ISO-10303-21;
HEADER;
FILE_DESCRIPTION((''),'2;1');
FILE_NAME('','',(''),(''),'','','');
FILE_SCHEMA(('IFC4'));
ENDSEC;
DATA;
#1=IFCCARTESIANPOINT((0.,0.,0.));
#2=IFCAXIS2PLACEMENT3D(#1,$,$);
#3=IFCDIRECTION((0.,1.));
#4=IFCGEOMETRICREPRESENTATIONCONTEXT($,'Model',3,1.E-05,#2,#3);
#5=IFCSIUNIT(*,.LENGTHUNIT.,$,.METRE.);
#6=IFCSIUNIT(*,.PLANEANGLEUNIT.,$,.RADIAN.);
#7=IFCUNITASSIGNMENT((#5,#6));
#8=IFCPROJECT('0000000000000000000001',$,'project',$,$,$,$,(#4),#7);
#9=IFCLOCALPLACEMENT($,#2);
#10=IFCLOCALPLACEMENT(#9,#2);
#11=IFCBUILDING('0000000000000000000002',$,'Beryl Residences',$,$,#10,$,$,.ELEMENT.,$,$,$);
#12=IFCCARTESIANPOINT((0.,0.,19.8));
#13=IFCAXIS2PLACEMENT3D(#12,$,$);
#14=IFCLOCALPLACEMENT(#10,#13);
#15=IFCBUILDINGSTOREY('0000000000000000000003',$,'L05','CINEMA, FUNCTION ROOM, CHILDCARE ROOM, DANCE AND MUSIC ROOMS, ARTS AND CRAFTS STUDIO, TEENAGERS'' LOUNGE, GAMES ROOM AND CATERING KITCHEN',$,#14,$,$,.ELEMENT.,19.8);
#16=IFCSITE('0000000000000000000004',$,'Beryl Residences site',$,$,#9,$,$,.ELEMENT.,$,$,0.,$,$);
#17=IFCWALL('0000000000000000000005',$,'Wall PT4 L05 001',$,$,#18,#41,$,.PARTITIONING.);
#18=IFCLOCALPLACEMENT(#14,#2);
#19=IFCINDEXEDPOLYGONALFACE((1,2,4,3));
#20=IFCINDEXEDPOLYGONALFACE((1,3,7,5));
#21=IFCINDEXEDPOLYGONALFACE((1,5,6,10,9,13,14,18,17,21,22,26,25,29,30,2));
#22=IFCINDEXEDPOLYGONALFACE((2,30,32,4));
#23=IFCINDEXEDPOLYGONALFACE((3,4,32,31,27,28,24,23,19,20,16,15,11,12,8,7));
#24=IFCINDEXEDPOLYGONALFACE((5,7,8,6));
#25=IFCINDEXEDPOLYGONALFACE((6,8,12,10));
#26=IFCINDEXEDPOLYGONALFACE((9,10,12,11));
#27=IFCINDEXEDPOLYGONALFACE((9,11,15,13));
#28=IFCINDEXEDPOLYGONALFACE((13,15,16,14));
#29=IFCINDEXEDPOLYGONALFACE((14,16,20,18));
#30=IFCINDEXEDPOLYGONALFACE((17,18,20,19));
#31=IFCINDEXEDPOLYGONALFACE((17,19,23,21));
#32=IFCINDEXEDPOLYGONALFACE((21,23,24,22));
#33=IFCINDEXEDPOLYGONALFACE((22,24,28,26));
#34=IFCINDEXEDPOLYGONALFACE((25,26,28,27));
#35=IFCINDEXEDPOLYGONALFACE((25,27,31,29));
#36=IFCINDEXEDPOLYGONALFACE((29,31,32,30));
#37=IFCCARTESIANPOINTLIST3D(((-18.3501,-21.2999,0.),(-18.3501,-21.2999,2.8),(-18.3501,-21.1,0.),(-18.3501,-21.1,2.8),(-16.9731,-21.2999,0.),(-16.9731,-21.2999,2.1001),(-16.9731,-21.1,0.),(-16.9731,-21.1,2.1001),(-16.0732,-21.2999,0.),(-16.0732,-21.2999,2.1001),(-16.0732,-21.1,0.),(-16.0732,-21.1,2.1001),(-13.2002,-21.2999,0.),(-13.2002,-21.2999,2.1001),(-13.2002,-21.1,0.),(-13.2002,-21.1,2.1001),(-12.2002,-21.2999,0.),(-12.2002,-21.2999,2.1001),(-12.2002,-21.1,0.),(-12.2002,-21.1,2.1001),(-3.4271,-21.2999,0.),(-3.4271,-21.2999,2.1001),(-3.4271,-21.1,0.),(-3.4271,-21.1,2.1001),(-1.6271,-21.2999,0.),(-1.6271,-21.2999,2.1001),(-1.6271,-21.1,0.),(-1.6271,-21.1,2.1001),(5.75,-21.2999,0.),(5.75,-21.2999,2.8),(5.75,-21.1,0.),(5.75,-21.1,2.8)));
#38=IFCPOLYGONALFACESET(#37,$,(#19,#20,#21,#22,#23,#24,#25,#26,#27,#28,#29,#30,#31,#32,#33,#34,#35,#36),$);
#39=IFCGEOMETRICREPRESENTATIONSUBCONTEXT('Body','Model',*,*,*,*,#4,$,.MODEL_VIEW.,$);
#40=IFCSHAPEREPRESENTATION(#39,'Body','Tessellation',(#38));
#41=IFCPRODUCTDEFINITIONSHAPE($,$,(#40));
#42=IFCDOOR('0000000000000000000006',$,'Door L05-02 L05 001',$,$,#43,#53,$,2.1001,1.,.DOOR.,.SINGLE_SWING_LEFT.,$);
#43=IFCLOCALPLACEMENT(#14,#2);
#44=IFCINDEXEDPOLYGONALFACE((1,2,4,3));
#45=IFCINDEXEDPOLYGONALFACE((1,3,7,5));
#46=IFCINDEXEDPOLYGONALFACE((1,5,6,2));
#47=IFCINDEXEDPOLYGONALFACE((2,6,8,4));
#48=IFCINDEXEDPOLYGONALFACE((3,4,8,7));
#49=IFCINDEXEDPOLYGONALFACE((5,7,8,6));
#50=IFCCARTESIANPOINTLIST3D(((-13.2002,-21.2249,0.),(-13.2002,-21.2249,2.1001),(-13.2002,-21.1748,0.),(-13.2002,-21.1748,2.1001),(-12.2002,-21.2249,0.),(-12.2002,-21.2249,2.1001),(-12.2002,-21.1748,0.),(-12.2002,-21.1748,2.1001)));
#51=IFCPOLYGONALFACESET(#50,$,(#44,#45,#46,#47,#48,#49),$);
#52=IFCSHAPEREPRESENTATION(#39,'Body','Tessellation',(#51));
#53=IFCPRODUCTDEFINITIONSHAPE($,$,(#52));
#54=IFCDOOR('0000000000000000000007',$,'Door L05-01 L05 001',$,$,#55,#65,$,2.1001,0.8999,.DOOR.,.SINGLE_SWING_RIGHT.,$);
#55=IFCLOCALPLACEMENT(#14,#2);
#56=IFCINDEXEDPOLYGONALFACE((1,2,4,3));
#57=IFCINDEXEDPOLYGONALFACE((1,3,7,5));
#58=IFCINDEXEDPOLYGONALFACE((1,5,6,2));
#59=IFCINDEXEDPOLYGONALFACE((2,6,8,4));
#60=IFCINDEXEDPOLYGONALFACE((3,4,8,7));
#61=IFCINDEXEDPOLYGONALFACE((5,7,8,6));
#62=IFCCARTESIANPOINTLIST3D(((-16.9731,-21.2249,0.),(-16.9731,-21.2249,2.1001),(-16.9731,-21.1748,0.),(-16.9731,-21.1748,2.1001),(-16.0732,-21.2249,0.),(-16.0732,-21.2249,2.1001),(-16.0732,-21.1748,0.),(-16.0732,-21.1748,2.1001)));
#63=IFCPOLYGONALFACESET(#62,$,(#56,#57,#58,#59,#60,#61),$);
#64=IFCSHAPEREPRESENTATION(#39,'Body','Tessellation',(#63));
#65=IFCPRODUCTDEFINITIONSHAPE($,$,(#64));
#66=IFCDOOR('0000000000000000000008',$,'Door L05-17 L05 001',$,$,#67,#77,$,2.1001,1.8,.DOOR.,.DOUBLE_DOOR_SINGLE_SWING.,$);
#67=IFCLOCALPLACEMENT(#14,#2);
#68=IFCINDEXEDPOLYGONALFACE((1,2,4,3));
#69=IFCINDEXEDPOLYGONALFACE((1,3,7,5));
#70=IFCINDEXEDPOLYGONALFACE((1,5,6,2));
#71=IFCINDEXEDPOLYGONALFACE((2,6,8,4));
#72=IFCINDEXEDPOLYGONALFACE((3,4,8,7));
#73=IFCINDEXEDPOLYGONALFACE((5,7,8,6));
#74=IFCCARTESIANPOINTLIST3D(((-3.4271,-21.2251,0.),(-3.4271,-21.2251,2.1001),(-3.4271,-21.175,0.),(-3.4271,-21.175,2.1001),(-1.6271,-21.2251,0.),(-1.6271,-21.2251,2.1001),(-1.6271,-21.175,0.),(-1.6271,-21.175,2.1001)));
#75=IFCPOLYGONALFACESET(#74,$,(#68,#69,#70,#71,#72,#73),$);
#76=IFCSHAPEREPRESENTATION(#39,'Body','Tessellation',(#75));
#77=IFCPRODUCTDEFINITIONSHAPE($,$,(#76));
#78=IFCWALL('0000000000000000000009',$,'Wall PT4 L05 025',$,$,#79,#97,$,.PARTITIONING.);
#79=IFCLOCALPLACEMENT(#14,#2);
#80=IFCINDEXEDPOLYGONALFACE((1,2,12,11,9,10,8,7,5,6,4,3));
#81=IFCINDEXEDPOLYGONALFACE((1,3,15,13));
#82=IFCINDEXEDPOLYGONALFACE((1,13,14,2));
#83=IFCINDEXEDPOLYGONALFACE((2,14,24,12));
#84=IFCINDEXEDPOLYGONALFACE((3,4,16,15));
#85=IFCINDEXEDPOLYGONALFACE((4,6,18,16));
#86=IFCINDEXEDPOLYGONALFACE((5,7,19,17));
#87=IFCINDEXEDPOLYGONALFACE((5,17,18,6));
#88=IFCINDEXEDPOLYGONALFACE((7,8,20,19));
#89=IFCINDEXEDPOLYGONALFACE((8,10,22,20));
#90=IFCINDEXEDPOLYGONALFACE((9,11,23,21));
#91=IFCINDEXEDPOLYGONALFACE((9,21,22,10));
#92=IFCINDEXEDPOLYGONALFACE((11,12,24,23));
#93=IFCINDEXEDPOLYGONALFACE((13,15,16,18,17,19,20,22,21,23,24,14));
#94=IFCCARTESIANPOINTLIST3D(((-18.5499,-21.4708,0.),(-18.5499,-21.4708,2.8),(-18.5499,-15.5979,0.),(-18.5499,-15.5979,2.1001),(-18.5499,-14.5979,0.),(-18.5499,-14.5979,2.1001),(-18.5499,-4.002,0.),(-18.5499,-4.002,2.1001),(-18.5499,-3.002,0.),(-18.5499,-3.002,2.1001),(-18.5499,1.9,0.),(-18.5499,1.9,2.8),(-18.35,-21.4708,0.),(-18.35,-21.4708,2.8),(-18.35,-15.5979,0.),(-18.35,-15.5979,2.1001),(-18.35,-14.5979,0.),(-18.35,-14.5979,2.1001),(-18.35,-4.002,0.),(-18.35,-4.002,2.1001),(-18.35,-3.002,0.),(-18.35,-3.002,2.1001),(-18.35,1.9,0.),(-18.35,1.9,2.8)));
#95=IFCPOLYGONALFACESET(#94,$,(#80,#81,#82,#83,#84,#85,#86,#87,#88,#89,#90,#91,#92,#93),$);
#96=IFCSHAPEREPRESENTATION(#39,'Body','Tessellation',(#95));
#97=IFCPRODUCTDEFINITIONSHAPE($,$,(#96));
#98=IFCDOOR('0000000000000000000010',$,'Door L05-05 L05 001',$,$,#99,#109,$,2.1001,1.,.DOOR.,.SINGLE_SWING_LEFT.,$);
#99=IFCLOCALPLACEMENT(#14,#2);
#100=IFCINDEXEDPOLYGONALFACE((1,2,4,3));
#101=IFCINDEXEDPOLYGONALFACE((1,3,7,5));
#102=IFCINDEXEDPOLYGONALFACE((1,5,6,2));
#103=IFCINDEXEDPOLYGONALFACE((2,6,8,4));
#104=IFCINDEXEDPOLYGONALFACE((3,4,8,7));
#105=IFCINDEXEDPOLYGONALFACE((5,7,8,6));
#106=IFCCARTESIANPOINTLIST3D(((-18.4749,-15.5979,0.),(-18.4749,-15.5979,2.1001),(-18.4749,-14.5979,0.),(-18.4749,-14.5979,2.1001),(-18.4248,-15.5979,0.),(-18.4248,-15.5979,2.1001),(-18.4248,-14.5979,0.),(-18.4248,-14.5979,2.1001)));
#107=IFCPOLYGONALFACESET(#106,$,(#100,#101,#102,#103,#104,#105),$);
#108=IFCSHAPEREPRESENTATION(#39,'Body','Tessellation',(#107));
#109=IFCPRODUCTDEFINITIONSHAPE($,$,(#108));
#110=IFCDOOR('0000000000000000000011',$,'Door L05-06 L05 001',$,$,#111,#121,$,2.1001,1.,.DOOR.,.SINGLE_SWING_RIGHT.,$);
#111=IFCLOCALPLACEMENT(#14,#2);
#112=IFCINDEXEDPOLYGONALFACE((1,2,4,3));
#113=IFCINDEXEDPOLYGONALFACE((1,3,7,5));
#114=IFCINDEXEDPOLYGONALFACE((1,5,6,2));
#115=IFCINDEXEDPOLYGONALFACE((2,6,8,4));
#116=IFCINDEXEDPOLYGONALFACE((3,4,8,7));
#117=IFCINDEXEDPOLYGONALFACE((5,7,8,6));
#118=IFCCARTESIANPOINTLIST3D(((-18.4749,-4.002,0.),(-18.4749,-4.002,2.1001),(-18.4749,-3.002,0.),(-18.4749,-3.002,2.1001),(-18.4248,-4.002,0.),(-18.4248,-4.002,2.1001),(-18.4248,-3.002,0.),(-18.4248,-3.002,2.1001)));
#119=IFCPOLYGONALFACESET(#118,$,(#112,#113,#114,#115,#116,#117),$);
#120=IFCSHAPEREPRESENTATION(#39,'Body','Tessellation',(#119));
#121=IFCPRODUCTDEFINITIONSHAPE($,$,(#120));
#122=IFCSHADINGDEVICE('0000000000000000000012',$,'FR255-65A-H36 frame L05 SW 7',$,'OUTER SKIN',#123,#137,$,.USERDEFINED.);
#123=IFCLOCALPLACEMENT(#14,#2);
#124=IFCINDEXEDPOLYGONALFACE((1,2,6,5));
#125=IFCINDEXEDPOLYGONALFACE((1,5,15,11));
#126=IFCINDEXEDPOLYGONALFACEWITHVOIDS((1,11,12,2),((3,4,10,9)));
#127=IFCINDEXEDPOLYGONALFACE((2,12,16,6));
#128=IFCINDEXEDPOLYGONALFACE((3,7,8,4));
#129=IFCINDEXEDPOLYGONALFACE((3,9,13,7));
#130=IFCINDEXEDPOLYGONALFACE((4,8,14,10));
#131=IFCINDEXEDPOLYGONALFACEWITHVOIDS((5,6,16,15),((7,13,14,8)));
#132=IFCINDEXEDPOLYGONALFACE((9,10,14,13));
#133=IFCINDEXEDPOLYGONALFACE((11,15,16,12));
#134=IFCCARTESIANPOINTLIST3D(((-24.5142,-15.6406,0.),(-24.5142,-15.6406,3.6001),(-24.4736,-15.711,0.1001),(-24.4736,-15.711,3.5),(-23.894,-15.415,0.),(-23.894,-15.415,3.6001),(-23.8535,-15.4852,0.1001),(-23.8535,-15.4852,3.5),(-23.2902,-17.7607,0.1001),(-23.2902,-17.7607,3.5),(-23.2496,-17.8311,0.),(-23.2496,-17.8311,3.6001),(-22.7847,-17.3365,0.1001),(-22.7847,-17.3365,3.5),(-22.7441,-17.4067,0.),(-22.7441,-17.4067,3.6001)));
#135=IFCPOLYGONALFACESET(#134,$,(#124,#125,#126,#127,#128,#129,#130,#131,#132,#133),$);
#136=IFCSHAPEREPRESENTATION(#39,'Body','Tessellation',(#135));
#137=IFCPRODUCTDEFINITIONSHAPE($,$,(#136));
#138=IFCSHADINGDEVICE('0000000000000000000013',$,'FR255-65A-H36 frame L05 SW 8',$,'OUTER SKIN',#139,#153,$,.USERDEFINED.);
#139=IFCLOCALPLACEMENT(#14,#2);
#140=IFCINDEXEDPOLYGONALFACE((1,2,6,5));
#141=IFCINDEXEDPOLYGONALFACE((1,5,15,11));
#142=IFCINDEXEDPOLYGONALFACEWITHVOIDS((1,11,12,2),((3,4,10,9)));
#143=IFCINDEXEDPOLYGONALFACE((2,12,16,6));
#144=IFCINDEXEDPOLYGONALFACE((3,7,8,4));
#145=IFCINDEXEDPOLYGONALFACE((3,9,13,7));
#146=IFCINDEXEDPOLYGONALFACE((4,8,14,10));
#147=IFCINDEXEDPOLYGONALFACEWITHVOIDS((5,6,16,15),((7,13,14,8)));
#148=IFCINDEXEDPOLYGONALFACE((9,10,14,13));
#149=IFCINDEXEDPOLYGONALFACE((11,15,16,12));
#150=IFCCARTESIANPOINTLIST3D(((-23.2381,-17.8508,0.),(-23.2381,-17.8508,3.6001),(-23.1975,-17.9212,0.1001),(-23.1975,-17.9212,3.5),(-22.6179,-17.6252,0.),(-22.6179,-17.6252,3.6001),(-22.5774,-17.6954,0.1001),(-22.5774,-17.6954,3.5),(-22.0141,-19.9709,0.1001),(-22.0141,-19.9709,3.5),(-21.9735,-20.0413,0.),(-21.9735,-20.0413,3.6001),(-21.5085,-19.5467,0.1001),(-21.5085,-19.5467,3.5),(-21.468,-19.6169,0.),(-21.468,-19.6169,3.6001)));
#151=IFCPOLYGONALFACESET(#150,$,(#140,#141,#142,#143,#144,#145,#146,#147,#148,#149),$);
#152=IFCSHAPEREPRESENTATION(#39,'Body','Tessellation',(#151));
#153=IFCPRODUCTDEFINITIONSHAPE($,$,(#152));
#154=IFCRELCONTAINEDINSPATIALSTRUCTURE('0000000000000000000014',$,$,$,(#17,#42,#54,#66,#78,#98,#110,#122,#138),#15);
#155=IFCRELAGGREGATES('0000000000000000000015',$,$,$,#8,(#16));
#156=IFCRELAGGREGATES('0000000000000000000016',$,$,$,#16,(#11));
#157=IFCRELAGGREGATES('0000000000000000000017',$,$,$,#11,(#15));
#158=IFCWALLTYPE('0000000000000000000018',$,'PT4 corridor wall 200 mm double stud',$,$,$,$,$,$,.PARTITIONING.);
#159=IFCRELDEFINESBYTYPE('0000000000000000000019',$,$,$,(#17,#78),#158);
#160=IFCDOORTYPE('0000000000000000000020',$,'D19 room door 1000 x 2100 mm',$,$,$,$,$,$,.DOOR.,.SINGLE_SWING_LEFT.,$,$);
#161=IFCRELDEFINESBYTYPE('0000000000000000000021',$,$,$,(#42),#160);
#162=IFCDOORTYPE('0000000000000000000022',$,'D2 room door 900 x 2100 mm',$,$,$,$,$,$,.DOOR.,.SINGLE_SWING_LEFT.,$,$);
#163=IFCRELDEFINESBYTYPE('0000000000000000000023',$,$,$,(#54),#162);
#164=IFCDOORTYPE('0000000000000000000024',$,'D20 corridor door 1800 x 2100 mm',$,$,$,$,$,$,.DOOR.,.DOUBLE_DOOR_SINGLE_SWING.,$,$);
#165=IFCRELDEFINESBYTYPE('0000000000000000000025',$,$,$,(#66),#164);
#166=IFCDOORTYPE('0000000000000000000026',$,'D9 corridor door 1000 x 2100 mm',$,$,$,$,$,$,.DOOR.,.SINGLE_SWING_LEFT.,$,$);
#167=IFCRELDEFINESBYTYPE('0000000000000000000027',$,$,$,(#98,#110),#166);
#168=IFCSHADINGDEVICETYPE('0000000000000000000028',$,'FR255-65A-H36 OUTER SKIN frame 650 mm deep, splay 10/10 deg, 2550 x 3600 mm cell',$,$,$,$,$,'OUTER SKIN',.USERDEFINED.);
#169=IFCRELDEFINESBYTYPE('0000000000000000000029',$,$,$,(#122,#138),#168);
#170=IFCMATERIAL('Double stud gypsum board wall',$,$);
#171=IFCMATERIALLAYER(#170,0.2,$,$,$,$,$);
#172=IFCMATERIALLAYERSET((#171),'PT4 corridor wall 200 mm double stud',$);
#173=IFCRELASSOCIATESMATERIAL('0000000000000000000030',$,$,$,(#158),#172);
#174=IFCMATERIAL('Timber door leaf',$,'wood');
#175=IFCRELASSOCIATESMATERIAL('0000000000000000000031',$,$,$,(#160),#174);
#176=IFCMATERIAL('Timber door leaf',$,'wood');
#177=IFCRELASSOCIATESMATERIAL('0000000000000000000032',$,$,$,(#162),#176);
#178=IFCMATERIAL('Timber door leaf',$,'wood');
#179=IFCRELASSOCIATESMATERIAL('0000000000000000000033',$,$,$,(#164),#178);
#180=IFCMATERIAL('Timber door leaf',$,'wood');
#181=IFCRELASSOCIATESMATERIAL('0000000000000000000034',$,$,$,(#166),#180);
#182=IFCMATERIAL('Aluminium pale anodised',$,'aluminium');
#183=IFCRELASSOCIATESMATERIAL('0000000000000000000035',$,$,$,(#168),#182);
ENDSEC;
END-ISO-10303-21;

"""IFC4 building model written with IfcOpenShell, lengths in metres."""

from ifc_helpers import new_model, entity, si_unit, direction, frame, frame_2d, origin, place, context, subcontext, project, spatial, rectangle, extrude, source, transform, mapped, material, layer, layer_set, type_object, type_shapes, element, fill, save


model = new_model("IFC4")

# Units and contexts
model_context = context("Model", 3, precision=1e-05, world=origin(), true_north=direction((0.0, 1.0)))
body_context = subcontext(model_context, "Body", "Model", "MODEL_VIEW")
ifc_project = project(units=[si_unit("LENGTHUNIT", "METRE"), si_unit("PLANEANGLEUNIT", "RADIAN")], contexts=[model_context])

# Site, building, storey
site_placement = place(None, origin())
site = spatial("IfcSite", under=ifc_project, at=site_placement, Name="Beryl Residences site", CompositionType="ELEMENT", RefElevation=0.0)
building_placement = place(site_placement, origin())
building = spatial("IfcBuilding", under=site, at=building_placement, Name="Beryl Residences", CompositionType="ELEMENT")
storey_placement = place(building_placement, frame((0.0, 0.0, 19.8)))
storey = spatial("IfcBuildingStorey", under=building, at=storey_placement, Name="L05", Description="CINEMA, FUNCTION ROOM, CHILDCARE ROOM, DANCE AND MUSIC ROOMS, ARTS AND CRAFTS STUDIO, TEENAGERS' LOUNGE, GAMES ROOM AND CATERING KITCHEN", CompositionType="ELEMENT", Elevation=19.8)

# Walls, openings, doors
ifc_material_1 = material(Name="Double stud gypsum board wall")
ifc_layer_1 = layer(ifc_material_1, 0.2)
ifc_layer_set_1 = layer_set([ifc_layer_1], Name="PT4 corridor wall 200 mm double stud")
wall_type = type_object("IfcWallType", Name="PT4 corridor wall 200 mm double stud", PredefinedType="PARTITIONING", material=ifc_layer_set_1)
wall_1_placement = place(storey_placement, frame((-18.3501, -21.2, 0.0), z_axis=(0.0, 0.0, 1.0), x_axis=(1.0, 0.0, 0.0)))
wall_1 = element("IfcWall", 1, at=wall_1_placement, inside=storey, type_object=wall_type, Name="Wall PT4 L05 001", PredefinedType="PARTITIONING", context=body_context, shape_type="SweptSolid", body=[
    extrude(rectangle(XDim=24.1001, YDim=0.2, at=frame_2d((12.05, 0.0))), origin(), (0.0, 0.0, 1.0), 2.8),
])
opening_1_placement = place(wall_1_placement, frame((2.2769, 0.0, 0.0), z_axis=(0.0, 0.0, 1.0), x_axis=(-1.0, 0.0, 0.0)))
opening_1 = element("IfcOpeningElement", 2, at=opening_1_placement, cuts=wall_1, PredefinedType="OPENING", context=body_context, shape_type="SweptSolid", body=[
    extrude(rectangle(XDim=0.8999, YDim=2.1001, at=frame_2d((0.45, 1.05))), frame((0.0, 0.1099, 0.0), z_axis=(0.0, -1.0, 0.0), x_axis=(1.0, 0.0, 0.0)), (0.0, 0.0, 1.0), 0.22),
])
opening_2_placement = place(wall_1_placement, frame((6.1499, 0.0, 0.0), z_axis=(0.0, 0.0, 1.0), x_axis=(-1.0, 0.0, 0.0)))
opening_2 = element("IfcOpeningElement", 3, at=opening_2_placement, cuts=wall_1, PredefinedType="OPENING", context=body_context, shape_type="SweptSolid", body=[
    extrude(rectangle(XDim=1.0, YDim=2.1001, at=frame_2d((0.5, 1.05))), frame((0.0, 0.1099, 0.0), z_axis=(0.0, -1.0, 0.0), x_axis=(1.0, 0.0, 0.0)), (0.0, 0.0, 1.0), 0.22),
])
opening_3_placement = place(wall_1_placement, frame((14.9231, 0.0, 0.0)))
opening_3 = element("IfcOpeningElement", 4, at=opening_3_placement, cuts=wall_1, PredefinedType="OPENING", context=body_context, shape_type="SweptSolid", body=[
    extrude(rectangle(XDim=1.8, YDim=2.1001, at=frame_2d((0.8999, 1.05))), frame((0.0, 0.1099, 0.0), z_axis=(0.0, -1.0, 0.0), x_axis=(1.0, 0.0, 0.0)), (0.0, 0.0, 1.0), 0.22),
])
ifc_material_2 = material(Name="Timber door leaf", Category="wood")
door_type_1 = type_object("IfcDoorType", Name="D19 room door 1000 x 2100 mm", OperationType="SINGLE_SWING_LEFT", PredefinedType="DOOR", material=ifc_material_2)
door_1_placement = place(opening_2_placement, origin())
door_1 = element("IfcDoor", 5, at=door_1_placement, inside=storey, type_object=door_type_1, Name="Door L05-02 L05 001", OperationType="SINGLE_SWING_LEFT", OverallHeight=2.1001, OverallWidth=1.0, PredefinedType="DOOR", context=body_context, shape_type="SweptSolid", body=[
    extrude(rectangle(XDim=1.0, YDim=2.1001, at=frame_2d((0.5, 1.05))), frame((0.0, 0.0249, 0.0), z_axis=(0.0, -1.0, 0.0), x_axis=(1.0, 0.0, 0.0)), (0.0, 0.0, 1.0), 0.05),
])
fill(opening_2, door_1)
ifc_material_3 = material(Name="Timber door leaf", Category="wood")
door_type_2 = type_object("IfcDoorType", Name="D2 room door 900 x 2100 mm", OperationType="SINGLE_SWING_LEFT", PredefinedType="DOOR", material=ifc_material_3)
door_2_placement = place(opening_1_placement, origin())
door_2 = element("IfcDoor", 6, at=door_2_placement, inside=storey, type_object=door_type_2, Name="Door L05-01 L05 001", OperationType="SINGLE_SWING_RIGHT", OverallHeight=2.1001, OverallWidth=0.8999, PredefinedType="DOOR", context=body_context, shape_type="SweptSolid", body=[
    extrude(rectangle(XDim=0.8999, YDim=2.1001, at=frame_2d((0.45, 1.05))), frame((0.0, 0.0249, 0.0), z_axis=(0.0, -1.0, 0.0), x_axis=(1.0, 0.0, 0.0)), (0.0, 0.0, 1.0), 0.05),
])
fill(opening_1, door_2)
ifc_material_4 = material(Name="Timber door leaf", Category="wood")
door_type_3 = type_object("IfcDoorType", Name="D20 corridor door 1800 x 2100 mm", OperationType="DOUBLE_DOOR_SINGLE_SWING", PredefinedType="DOOR", material=ifc_material_4)
door_3_placement = place(opening_3_placement, origin())
door_3 = element("IfcDoor", 7, at=door_3_placement, inside=storey, type_object=door_type_3, Name="Door L05-17 L05 001", OperationType="DOUBLE_DOOR_SINGLE_SWING", OverallHeight=2.1001, OverallWidth=1.8, PredefinedType="DOOR", context=body_context, shape_type="SweptSolid", body=[
    extrude(rectangle(XDim=1.8, YDim=2.1001, at=frame_2d((0.8999, 1.05))), frame((0.0, 0.0249, 0.0), z_axis=(0.0, -1.0, 0.0), x_axis=(1.0, 0.0, 0.0)), (0.0, 0.0, 1.0), 0.05),
])
fill(opening_3, door_3)
wall_2_placement = place(storey_placement, frame((-18.45, -21.4709, 0.0), z_axis=(0.0, 0.0, 1.0), x_axis=(0.0, 1.0, 0.0)))
wall_2 = element("IfcWall", 8, at=wall_2_placement, inside=storey, type_object=wall_type, Name="Wall PT4 L05 025", PredefinedType="PARTITIONING", context=body_context, shape_type="SweptSolid", body=[
    extrude(rectangle(XDim=23.3708, YDim=0.2, at=frame_2d((11.6855, 0.0))), origin(), (0.0, 0.0, 1.0), 2.8),
])
opening_4_placement = place(wall_2_placement, frame((5.873, 0.0, 0.0)))
opening_4 = element("IfcOpeningElement", 9, at=opening_4_placement, cuts=wall_2, PredefinedType="OPENING", context=body_context, shape_type="SweptSolid", body=[
    extrude(rectangle(XDim=1.0, YDim=2.1001, at=frame_2d((0.5, 1.05))), frame((0.0, 0.1099, 0.0), z_axis=(0.0, -1.0, 0.0), x_axis=(1.0, 0.0, 0.0)), (0.0, 0.0, 1.0), 0.22),
])
opening_5_placement = place(wall_2_placement, frame((17.469, 0.0, 0.0)))
opening_5 = element("IfcOpeningElement", 10, at=opening_5_placement, cuts=wall_2, PredefinedType="OPENING", context=body_context, shape_type="SweptSolid", body=[
    extrude(rectangle(XDim=1.0, YDim=2.1001, at=frame_2d((0.5, 1.05))), frame((0.0, 0.1099, 0.0), z_axis=(0.0, -1.0, 0.0), x_axis=(1.0, 0.0, 0.0)), (0.0, 0.0, 1.0), 0.22),
])
ifc_material_5 = material(Name="Timber door leaf", Category="wood")
door_type_4 = type_object("IfcDoorType", Name="D9 corridor door 1000 x 2100 mm", OperationType="SINGLE_SWING_LEFT", PredefinedType="DOOR", material=ifc_material_5)
door_4_placement = place(opening_4_placement, origin())
door_4 = element("IfcDoor", 11, at=door_4_placement, inside=storey, type_object=door_type_4, Name="Door L05-05 L05 001", OperationType="SINGLE_SWING_LEFT", OverallHeight=2.1001, OverallWidth=1.0, PredefinedType="DOOR", context=body_context, shape_type="SweptSolid", body=[
    extrude(rectangle(XDim=1.0, YDim=2.1001, at=frame_2d((0.5, 1.05))), frame((0.0, 0.0249, 0.0), z_axis=(0.0, -1.0, 0.0), x_axis=(1.0, 0.0, 0.0)), (0.0, 0.0, 1.0), 0.05),
])
fill(opening_4, door_4)
door_5_placement = place(opening_5_placement, origin())
door_5 = element("IfcDoor", 12, at=door_5_placement, inside=storey, type_object=door_type_4, Name="Door L05-06 L05 001", OperationType="SINGLE_SWING_RIGHT", OverallHeight=2.1001, OverallWidth=1.0, PredefinedType="DOOR", context=body_context, shape_type="SweptSolid", body=[
    extrude(rectangle(XDim=1.0, YDim=2.1001, at=frame_2d((0.5, 1.05))), frame((0.0, 0.0249, 0.0), z_axis=(0.0, -1.0, 0.0), x_axis=(1.0, 0.0, 0.0)), (0.0, 0.0, 1.0), 0.05),
])
fill(opening_5, door_5)

# Shading devices
ifc_material_6 = material(Name="Aluminium pale anodised", Category="aluminium")
shading_device_type = type_object("IfcShadingDeviceType", Name="FR255-65A-H36 OUTER SKIN frame 650 mm deep, splay 10/10 deg, 2550 x 3600 mm cell", ElementType="OUTER SKIN", PredefinedType="USERDEFINED", material=ifc_material_6)
cartesian_point_1 = entity("IfcCartesianPoint", [-1.1499, 0.0])
cartesian_point_2 = entity("IfcCartesianPoint", [-1.0688, 0.1001])
cartesian_point_3 = entity("IfcCartesianPoint", [-1.2646, 0.0])
cartesian_point_4 = entity("IfcCartesianPoint", [-1.1833, 0.1001])
shared_shape = source(origin(), body_context, "Body", "SweptSolid", [
    entity("IfcExtrudedAreaSolidTapered", entity("IfcArbitraryProfileDefWithVoids", "AREA", None, entity("IfcPolyline", [cartesian_point_1, entity("IfcCartesianPoint", [1.1499, 0.0]), entity("IfcCartesianPoint", [1.1499, 3.6001]), entity("IfcCartesianPoint", [-1.1499, 3.6001]), cartesian_point_1]), [entity("IfcPolyline", [cartesian_point_2, entity("IfcCartesianPoint", [1.0688, 0.1001]), entity("IfcCartesianPoint", [1.0688, 3.5]), entity("IfcCartesianPoint", [-1.0688, 3.5]), cartesian_point_2])]), entity("IfcAxis2Placement3D", entity("IfcCartesianPoint", [0.0, 0.0, 0.0]), entity("IfcDirection", [0.0, 1.0, 0.0]), entity("IfcDirection", [-1.0, 0.0, 0.0])), entity("IfcDirection", [0.0, 0.0, 1.0]), 0.6499, entity("IfcArbitraryProfileDefWithVoids", "AREA", None, entity("IfcPolyline", [cartesian_point_3, entity("IfcCartesianPoint", [1.2646, 0.0]), entity("IfcCartesianPoint", [1.2646, 3.6001]), entity("IfcCartesianPoint", [-1.2646, 3.6001]), cartesian_point_3]), [entity("IfcPolyline", [cartesian_point_4, entity("IfcCartesianPoint", [1.1833, 0.1001]), entity("IfcCartesianPoint", [1.1833, 3.5]), entity("IfcCartesianPoint", [-1.1833, 3.5]), cartesian_point_4])])),
])
type_shapes(shading_device_type, [shared_shape])
for number, where, z_axis, x_axis, name in (
    (13, (-23.3191, -16.4109, 0.0), (0.0, 0.0, 1.0), (-0.5, 0.866025, 0.0), "FR255-65A-H36 frame L05 SW 7"),
    (14, (-22.043, -18.6211, 0.0), (0.0, 0.0, 1.0), (-0.5, 0.866025, 0.0), "FR255-65A-H36 frame L05 SW 8"),
):
    element("IfcShadingDevice", number, at=place(storey_placement, frame(where, z_axis=z_axis, x_axis=x_axis)), inside=storey, type_object=shading_device_type, Name=name, ObjectType="OUTER SKIN", PredefinedType="USERDEFINED", context=body_context, shape_type="MappedRepresentation", body=[
        mapped(shared_shape, transform((0.0, 0.0, 0.0))),
    ])

save(model, "model.ifc")
